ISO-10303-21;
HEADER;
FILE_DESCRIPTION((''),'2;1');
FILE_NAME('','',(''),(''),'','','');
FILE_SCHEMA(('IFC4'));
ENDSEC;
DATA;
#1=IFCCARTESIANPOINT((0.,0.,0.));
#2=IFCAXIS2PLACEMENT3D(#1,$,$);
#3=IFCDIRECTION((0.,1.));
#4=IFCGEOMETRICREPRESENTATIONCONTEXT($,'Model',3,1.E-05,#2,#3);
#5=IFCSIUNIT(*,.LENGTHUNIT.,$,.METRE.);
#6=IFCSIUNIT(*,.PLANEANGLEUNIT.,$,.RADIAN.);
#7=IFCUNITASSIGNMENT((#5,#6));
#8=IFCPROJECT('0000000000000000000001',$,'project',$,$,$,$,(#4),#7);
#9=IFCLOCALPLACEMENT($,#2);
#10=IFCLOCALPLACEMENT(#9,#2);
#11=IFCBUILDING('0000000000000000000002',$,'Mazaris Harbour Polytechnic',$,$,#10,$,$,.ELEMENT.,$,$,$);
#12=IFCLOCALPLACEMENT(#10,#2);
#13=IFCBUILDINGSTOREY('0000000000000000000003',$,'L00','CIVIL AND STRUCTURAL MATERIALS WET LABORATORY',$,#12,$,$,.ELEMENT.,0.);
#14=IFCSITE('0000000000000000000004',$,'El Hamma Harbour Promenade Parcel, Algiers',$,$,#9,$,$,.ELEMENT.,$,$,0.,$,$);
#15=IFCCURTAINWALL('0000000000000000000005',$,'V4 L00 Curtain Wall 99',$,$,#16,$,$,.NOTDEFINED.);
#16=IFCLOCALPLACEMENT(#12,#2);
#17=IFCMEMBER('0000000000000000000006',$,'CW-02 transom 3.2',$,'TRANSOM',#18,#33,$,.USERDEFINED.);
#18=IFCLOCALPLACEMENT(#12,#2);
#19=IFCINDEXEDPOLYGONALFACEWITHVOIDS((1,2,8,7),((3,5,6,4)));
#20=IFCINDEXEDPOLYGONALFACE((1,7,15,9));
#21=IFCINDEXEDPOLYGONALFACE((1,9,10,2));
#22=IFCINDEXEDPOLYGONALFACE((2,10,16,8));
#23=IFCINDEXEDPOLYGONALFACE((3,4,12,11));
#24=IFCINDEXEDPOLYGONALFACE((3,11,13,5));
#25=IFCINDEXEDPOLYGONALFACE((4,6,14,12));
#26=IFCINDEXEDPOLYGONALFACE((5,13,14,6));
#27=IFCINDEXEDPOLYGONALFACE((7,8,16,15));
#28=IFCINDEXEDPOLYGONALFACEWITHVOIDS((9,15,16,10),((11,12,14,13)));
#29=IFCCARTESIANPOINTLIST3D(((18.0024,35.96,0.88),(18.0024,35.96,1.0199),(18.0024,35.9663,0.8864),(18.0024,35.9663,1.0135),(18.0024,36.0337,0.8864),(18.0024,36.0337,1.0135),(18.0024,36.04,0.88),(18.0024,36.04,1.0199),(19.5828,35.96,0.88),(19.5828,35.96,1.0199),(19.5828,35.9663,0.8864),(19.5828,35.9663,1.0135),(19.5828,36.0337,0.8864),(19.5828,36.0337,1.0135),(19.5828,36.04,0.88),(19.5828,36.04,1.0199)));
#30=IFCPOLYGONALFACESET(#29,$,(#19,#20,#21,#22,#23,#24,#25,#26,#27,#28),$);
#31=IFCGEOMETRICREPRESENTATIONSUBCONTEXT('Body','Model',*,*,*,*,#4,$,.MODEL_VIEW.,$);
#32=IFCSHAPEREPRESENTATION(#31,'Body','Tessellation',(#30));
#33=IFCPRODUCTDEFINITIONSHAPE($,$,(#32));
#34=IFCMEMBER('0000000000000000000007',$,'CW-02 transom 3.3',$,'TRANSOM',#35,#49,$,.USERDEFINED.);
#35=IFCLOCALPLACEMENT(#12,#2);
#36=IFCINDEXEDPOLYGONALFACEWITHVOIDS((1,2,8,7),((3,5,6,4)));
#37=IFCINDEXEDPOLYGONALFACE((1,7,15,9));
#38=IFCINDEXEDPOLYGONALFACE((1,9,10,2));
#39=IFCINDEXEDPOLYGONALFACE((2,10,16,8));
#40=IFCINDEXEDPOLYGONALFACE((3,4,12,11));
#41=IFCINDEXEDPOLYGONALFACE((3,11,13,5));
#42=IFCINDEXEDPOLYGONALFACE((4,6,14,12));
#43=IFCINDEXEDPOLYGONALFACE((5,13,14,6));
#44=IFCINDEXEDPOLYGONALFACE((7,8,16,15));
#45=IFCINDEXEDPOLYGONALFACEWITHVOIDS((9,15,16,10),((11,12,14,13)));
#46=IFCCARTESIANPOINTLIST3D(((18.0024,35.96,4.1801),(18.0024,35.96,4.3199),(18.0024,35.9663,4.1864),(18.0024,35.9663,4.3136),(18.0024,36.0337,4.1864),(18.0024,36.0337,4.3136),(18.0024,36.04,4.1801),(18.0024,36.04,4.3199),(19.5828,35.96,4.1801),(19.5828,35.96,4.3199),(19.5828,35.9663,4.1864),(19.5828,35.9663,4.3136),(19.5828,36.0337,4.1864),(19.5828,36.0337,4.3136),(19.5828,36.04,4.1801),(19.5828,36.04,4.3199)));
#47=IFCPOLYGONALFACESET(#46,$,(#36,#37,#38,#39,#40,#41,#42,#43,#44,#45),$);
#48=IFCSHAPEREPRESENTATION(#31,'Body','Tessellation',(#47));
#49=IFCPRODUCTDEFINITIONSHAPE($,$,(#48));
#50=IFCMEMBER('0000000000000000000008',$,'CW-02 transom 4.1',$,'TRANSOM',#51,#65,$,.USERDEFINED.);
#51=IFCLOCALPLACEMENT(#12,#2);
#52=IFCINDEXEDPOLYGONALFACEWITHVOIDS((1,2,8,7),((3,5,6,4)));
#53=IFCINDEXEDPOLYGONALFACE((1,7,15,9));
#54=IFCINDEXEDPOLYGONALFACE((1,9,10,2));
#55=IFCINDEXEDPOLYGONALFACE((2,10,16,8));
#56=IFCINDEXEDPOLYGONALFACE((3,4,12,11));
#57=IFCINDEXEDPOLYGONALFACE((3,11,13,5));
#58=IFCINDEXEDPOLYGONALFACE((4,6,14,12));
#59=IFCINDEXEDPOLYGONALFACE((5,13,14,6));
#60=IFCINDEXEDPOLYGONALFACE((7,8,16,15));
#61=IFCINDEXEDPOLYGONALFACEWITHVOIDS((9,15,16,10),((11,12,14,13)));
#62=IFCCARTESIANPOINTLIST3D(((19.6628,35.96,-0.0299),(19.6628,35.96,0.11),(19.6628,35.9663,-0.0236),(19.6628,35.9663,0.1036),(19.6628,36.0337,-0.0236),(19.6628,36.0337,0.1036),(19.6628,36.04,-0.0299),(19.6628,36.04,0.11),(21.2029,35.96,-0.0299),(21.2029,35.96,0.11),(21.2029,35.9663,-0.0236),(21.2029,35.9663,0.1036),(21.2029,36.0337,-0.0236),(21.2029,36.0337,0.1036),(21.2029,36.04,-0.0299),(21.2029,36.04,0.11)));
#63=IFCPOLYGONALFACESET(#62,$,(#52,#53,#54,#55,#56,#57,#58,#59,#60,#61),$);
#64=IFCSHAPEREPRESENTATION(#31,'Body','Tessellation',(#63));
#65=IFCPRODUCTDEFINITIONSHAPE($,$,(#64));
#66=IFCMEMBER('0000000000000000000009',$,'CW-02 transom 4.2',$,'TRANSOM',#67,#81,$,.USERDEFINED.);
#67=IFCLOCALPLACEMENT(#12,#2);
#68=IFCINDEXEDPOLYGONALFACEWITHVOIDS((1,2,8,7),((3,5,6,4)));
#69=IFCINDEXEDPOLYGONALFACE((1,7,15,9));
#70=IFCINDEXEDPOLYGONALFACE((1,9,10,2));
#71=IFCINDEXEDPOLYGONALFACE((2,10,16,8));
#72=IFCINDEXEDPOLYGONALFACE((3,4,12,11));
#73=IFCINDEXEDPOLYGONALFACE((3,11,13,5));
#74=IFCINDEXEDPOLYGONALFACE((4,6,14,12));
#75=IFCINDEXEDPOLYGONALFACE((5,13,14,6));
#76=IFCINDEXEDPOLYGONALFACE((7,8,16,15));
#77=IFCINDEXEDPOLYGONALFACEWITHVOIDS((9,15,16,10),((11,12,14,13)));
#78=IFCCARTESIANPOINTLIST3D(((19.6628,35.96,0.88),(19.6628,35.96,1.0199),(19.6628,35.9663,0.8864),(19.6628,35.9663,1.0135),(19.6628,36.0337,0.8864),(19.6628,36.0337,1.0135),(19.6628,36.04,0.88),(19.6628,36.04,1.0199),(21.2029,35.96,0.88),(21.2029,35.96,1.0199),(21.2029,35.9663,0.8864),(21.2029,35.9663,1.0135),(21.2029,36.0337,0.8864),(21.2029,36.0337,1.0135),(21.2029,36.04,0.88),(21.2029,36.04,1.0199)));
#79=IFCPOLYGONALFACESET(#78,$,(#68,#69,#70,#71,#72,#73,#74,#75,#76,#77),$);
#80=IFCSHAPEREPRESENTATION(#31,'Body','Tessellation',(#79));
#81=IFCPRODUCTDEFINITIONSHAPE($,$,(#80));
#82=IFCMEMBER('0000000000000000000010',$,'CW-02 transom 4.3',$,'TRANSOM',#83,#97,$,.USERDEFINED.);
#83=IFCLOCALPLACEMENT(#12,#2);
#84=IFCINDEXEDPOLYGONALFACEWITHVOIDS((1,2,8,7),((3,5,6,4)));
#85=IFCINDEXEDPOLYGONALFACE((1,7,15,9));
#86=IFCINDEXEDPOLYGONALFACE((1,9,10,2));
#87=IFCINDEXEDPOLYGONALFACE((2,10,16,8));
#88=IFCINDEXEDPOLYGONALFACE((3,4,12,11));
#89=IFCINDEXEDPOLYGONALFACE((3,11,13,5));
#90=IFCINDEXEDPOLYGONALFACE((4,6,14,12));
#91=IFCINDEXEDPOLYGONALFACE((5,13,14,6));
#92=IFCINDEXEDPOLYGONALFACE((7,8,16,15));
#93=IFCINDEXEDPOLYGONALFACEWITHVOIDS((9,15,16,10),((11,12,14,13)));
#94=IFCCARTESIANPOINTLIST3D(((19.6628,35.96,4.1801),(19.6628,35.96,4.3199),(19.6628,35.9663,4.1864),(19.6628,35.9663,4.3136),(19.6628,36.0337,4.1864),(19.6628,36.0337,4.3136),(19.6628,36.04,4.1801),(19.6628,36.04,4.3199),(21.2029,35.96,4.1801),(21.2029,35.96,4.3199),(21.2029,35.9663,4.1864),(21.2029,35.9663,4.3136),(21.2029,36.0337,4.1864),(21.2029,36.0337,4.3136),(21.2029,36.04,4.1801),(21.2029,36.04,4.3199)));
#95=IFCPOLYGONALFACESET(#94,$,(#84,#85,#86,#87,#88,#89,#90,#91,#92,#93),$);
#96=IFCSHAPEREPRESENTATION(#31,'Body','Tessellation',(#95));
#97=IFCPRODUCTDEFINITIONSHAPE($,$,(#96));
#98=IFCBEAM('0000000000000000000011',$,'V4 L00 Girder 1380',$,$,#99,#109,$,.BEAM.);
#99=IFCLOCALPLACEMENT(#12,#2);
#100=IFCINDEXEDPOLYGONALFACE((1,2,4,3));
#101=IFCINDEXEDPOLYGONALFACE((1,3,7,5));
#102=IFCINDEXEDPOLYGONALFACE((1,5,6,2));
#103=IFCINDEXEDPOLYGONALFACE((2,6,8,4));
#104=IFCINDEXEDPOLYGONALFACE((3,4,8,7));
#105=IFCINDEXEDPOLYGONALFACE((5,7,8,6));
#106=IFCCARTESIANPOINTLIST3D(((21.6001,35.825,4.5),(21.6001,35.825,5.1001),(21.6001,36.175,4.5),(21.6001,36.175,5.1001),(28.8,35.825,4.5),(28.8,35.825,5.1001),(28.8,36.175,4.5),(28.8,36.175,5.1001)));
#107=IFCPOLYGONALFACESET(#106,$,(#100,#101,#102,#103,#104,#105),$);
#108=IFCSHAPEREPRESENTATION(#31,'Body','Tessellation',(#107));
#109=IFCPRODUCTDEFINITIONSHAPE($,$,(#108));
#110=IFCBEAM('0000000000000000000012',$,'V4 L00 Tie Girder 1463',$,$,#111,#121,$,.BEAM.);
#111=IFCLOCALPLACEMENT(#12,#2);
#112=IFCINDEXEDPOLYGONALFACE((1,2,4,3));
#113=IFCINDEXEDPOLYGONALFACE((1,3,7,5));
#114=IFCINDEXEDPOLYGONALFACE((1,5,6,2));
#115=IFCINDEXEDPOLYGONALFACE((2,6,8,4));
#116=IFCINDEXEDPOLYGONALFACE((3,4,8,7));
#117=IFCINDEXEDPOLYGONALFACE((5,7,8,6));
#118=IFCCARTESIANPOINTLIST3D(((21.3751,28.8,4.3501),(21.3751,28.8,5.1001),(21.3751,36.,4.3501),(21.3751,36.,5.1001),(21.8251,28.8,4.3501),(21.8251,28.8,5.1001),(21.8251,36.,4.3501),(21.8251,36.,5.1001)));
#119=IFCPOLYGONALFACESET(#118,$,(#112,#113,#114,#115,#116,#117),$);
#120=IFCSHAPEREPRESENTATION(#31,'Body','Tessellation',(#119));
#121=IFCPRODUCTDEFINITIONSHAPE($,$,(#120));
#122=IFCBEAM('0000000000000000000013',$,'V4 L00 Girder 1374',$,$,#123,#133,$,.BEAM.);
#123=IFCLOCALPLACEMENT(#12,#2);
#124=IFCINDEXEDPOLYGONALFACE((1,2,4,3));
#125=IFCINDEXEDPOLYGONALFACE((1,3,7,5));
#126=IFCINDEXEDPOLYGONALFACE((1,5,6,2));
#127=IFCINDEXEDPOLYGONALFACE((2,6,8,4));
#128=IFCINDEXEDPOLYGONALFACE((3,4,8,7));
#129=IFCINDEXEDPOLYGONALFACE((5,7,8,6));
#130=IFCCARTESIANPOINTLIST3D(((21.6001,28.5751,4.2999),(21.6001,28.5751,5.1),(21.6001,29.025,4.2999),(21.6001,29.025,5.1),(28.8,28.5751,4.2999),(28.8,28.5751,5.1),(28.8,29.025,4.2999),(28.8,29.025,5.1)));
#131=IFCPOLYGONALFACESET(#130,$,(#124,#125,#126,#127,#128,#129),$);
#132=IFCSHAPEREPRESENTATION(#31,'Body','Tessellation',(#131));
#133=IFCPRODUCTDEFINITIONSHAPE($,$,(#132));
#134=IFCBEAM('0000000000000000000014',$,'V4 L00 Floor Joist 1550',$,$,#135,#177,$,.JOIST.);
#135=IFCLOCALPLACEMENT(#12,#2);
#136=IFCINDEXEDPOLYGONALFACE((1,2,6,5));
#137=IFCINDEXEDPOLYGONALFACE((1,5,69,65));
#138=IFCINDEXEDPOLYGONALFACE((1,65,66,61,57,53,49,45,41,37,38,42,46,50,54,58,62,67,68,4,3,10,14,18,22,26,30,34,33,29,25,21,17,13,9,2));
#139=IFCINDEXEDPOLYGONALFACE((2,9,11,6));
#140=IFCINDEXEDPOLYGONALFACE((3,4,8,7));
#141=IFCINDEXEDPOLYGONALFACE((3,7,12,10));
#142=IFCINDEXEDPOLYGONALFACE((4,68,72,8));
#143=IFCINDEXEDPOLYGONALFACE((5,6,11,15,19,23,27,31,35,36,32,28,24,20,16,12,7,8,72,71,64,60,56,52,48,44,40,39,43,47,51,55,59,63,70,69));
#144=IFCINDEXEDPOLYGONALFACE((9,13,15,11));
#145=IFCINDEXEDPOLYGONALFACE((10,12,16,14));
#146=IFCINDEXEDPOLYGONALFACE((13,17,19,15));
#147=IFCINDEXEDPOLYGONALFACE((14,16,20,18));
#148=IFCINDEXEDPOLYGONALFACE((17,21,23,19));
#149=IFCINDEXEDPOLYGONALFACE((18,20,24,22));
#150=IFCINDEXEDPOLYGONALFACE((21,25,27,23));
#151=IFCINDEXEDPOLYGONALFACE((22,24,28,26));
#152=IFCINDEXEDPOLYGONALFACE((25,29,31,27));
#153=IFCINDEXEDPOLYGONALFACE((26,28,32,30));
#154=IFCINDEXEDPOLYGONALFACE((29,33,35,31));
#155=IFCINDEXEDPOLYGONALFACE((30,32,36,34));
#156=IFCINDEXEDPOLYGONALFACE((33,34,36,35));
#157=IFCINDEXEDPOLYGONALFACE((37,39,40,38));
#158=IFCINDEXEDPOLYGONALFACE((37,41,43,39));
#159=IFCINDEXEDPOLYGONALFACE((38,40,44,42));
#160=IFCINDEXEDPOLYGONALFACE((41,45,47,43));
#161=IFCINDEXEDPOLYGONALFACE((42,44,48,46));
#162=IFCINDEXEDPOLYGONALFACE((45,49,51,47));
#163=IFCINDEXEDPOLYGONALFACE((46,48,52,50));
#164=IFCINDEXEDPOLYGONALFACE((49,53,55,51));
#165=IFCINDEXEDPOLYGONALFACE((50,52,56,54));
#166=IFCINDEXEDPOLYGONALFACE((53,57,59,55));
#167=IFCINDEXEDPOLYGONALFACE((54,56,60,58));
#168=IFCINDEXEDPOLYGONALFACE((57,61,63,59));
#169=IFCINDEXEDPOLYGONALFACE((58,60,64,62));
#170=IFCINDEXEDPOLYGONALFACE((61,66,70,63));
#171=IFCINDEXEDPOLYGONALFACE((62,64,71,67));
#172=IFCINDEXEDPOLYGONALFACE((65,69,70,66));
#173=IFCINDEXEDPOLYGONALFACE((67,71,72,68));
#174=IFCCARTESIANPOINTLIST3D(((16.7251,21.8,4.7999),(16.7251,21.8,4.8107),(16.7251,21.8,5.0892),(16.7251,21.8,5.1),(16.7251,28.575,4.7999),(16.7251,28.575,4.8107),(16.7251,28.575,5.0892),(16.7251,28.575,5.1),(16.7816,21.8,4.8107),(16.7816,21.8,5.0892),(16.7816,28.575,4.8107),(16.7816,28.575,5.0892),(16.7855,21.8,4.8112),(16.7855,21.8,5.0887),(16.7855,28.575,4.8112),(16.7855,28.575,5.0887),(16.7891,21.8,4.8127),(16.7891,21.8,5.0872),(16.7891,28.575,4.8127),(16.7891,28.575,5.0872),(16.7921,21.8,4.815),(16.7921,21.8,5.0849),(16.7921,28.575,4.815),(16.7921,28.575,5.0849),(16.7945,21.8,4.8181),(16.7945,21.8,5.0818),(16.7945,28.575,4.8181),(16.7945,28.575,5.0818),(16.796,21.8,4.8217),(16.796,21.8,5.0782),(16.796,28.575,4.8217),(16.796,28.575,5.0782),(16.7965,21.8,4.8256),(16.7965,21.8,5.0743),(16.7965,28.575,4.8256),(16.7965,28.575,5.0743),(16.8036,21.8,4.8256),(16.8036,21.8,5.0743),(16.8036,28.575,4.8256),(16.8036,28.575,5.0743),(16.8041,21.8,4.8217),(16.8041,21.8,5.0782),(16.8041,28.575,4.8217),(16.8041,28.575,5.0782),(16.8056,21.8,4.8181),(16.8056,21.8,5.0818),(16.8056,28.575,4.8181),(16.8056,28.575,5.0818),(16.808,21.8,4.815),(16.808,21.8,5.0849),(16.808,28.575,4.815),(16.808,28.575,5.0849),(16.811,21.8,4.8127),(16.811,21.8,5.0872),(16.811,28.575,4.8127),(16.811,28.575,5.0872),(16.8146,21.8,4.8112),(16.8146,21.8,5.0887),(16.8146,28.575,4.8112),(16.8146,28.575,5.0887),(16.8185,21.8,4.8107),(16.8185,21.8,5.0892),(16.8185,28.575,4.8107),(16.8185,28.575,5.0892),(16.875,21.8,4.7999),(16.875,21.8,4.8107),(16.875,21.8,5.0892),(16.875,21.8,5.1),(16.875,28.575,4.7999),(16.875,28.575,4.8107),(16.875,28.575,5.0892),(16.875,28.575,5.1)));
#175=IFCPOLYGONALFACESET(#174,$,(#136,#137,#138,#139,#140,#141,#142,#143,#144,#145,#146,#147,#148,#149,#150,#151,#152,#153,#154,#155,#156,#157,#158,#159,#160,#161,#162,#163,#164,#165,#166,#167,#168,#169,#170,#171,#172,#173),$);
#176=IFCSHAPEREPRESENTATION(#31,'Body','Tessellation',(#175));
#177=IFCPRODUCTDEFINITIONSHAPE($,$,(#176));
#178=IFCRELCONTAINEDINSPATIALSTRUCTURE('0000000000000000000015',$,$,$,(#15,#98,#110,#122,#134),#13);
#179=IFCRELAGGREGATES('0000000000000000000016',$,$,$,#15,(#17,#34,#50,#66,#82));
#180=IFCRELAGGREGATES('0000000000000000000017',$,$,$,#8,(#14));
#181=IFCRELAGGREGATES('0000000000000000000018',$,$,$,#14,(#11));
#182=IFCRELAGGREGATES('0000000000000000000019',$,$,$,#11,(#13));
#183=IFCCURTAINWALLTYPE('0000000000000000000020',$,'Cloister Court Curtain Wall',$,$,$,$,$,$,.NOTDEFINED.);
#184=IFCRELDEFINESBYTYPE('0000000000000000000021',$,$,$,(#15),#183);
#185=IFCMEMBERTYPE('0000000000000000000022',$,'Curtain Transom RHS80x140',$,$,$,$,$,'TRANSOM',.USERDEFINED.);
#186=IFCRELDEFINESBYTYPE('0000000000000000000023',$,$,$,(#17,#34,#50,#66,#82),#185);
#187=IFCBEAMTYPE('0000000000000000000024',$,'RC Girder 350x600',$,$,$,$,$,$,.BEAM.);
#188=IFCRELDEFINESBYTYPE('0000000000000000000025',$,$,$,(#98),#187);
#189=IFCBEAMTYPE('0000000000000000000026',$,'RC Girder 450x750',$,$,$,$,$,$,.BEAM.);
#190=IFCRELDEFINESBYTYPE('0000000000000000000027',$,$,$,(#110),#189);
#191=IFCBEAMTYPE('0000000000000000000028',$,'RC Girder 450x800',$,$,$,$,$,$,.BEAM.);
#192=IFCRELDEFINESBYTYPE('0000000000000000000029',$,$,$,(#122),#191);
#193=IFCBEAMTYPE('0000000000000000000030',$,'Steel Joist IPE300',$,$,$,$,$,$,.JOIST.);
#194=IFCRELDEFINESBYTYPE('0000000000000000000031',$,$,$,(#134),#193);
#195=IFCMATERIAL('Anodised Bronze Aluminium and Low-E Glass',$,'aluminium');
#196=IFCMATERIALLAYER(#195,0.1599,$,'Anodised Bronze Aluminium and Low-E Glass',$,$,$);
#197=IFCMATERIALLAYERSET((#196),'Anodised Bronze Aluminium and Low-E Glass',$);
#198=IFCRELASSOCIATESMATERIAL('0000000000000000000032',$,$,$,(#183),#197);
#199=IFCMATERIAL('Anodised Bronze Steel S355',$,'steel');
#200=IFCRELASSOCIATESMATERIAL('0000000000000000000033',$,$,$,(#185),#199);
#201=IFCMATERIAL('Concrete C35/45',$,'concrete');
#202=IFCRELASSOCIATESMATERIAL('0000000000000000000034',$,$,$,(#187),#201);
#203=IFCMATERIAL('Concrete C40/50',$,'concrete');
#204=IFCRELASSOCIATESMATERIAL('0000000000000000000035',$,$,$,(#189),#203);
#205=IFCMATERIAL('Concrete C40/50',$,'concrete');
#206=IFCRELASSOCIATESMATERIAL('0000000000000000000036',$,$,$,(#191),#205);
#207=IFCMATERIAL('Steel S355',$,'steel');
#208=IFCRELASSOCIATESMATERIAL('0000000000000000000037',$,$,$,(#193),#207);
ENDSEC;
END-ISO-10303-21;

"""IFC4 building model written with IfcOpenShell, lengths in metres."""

from ifc_helpers import new_model, si_unit, direction, frame, origin, origin_2d, place, context, subcontext, project, spatial, rectangle, hollow_rectangle, i_section, extrude, material, layer, layer_set, material_profile, profile_set, type_object, element, aggregate, save


model = new_model("IFC4")

# Units and contexts
model_context = context("Model", 3, precision=1e-05, world=origin(), true_north=direction((0.0, 1.0)))
body_context = subcontext(model_context, "Body", "Model", "MODEL_VIEW")
ifc_project = project(units=[si_unit("LENGTHUNIT", "METRE"), si_unit("PLANEANGLEUNIT", "RADIAN")], contexts=[model_context])

# Site, building, storey
site_placement = place(None, origin())
site = spatial("IfcSite", under=ifc_project, at=site_placement, Name="El Hamma Harbour Promenade Parcel, Algiers", CompositionType="ELEMENT", RefElevation=0.0)
building_placement = place(site_placement, origin())
building = spatial("IfcBuilding", under=site, at=building_placement, Name="Mazaris Harbour Polytechnic", CompositionType="ELEMENT")
storey_placement = place(building_placement, origin())
storey = spatial("IfcBuildingStorey", under=building, at=storey_placement, Name="L00", Description="CIVIL AND STRUCTURAL MATERIALS WET LABORATORY", CompositionType="ELEMENT", Elevation=0.0)

# Curtain wall
ifc_material_1 = material(Name="Anodised Bronze Aluminium and Low-E Glass", Category="aluminium")
ifc_layer_1 = layer(ifc_material_1, 0.1599, Name="Anodised Bronze Aluminium and Low-E Glass")
ifc_layer_set_1 = layer_set([ifc_layer_1], Name="Anodised Bronze Aluminium and Low-E Glass")
curtain_wall_type = type_object("IfcCurtainWallType", Name="Cloister Court Curtain Wall", PredefinedType="NOTDEFINED", material=ifc_layer_set_1)
curtain_wall_1_placement = place(storey_placement, origin())
curtain_wall_1 = element("IfcCurtainWall", 1, at=curtain_wall_1_placement, inside=storey, type_object=curtain_wall_type, Name="V4 L00 Curtain Wall 99", PredefinedType="NOTDEFINED")

# Members
ifc_material_2 = material(Name="Anodised Bronze Steel S355", Category="steel")
ifc_material_profile_1 = material_profile(ifc_material_2, hollow_rectangle(XDim=0.0801, YDim=0.1399, WallThickness=0.0063, at=origin_2d()), Name="RHS 80x140x6.3")
ifc_profile_set_1 = profile_set([ifc_material_profile_1], Name="Anodised Bronze Steel S355")
member_type_1 = type_object("IfcMemberType", Name="Curtain Transom RHS80x140", ElementType="TRANSOM", PredefinedType="USERDEFINED", material=ifc_profile_set_1)
member_1_placement = place(storey_placement, frame((18.0024, 36.0, 0.95), z_axis=(1.0, 0.0, 0.0), x_axis=(0.0, 1.0, 0.0)))
member_1 = element("IfcMember", 2, at=member_1_placement, type_object=member_type_1, Name="CW-02 transom 3.2", ObjectType="TRANSOM", PredefinedType="USERDEFINED", context=body_context, shape_type="SweptSolid", body=[
    extrude(hollow_rectangle(XDim=0.0801, YDim=0.1399, WallThickness=0.0063, at=origin_2d()), origin(), (0.0, 0.0, 1.0), 1.5803),
])
member_2_placement = place(storey_placement, frame((18.0024, 36.0, 4.25), z_axis=(1.0, 0.0, 0.0), x_axis=(0.0, 1.0, 0.0)))
member_2 = element("IfcMember", 3, at=member_2_placement, type_object=member_type_1, Name="CW-02 transom 3.3", ObjectType="TRANSOM", PredefinedType="USERDEFINED", context=body_context, shape_type="SweptSolid", body=[
    extrude(hollow_rectangle(XDim=0.0801, YDim=0.1399, WallThickness=0.0063, at=origin_2d()), origin(), (0.0, 0.0, 1.0), 1.5803),
])
member_3_placement = place(storey_placement, frame((19.6628, 36.0, 0.04), z_axis=(1.0, 0.0, 0.0), x_axis=(0.0, 1.0, 0.0)))
member_3 = element("IfcMember", 4, at=member_3_placement, type_object=member_type_1, Name="CW-02 transom 4.1", ObjectType="TRANSOM", PredefinedType="USERDEFINED", context=body_context, shape_type="SweptSolid", body=[
    extrude(hollow_rectangle(XDim=0.0801, YDim=0.1399, WallThickness=0.0063, at=origin_2d()), origin(), (0.0, 0.0, 1.0), 1.54),
])
member_4_placement = place(storey_placement, frame((19.6628, 36.0, 0.95), z_axis=(1.0, 0.0, 0.0), x_axis=(0.0, 1.0, 0.0)))
member_4 = element("IfcMember", 5, at=member_4_placement, type_object=member_type_1, Name="CW-02 transom 4.2", ObjectType="TRANSOM", PredefinedType="USERDEFINED", context=body_context, shape_type="SweptSolid", body=[
    extrude(hollow_rectangle(XDim=0.0801, YDim=0.1399, WallThickness=0.0063, at=origin_2d()), origin(), (0.0, 0.0, 1.0), 1.54),
])
member_5_placement = place(storey_placement, frame((19.6628, 36.0, 4.25), z_axis=(1.0, 0.0, 0.0), x_axis=(0.0, 1.0, 0.0)))
member_5 = element("IfcMember", 6, at=member_5_placement, type_object=member_type_1, Name="CW-02 transom 4.3", ObjectType="TRANSOM", PredefinedType="USERDEFINED", context=body_context, shape_type="SweptSolid", body=[
    extrude(hollow_rectangle(XDim=0.0801, YDim=0.1399, WallThickness=0.0063, at=origin_2d()), origin(), (0.0, 0.0, 1.0), 1.54),
])

# Beams
ifc_material_3 = material(Name="Concrete C35/45", Category="concrete")
ifc_material_profile_2 = material_profile(ifc_material_3, rectangle(XDim=0.3501, YDim=0.6001, at=origin_2d()), Name="RECT350x600")
ifc_profile_set_2 = profile_set([ifc_material_profile_2], Name="Concrete C35/45")
beam_type_1 = type_object("IfcBeamType", Name="RC Girder 350x600", PredefinedType="BEAM", material=ifc_profile_set_2)
beam_1_placement = place(storey_placement, frame((21.6001, 36.0, 4.8), z_axis=(1.0, 0.0, 0.0), x_axis=(0.0, 1.0, 0.0)))
element("IfcBeam", 7, at=beam_1_placement, inside=storey, type_object=beam_type_1, Name="V4 L00 Girder 1380", PredefinedType="BEAM", context=body_context, shape_type="SweptSolid", body=[
    extrude(rectangle(XDim=0.3501, YDim=0.6001, at=origin_2d()), origin(), (0.0, 0.0, 1.0), 7.2),
])
ifc_material_4 = material(Name="Concrete C40/50", Category="concrete")
ifc_material_profile_3 = material_profile(ifc_material_4, rectangle(XDim=0.45, YDim=0.75, at=origin_2d()), Name="RECT450x750")
ifc_profile_set_3 = profile_set([ifc_material_profile_3], Name="Concrete C40/50")
beam_type_2 = type_object("IfcBeamType", Name="RC Girder 450x750", PredefinedType="BEAM", material=ifc_profile_set_3)
beam_2_placement = place(storey_placement, frame((21.6001, 28.8, 4.7251), z_axis=(0.0, 1.0, 0.0), x_axis=(-1.0, 0.0, 0.0)))
element("IfcBeam", 8, at=beam_2_placement, inside=storey, type_object=beam_type_2, Name="V4 L00 Tie Girder 1463", PredefinedType="BEAM", context=body_context, shape_type="SweptSolid", body=[
    extrude(rectangle(XDim=0.45, YDim=0.75, at=origin_2d()), origin(), (0.0, 0.0, 1.0), 7.2),
])
ifc_material_5 = material(Name="Concrete C40/50", Category="concrete")
ifc_material_profile_4 = material_profile(ifc_material_5, rectangle(XDim=0.45, YDim=0.8, at=origin_2d()), Name="RECT450x800")
ifc_profile_set_4 = profile_set([ifc_material_profile_4], Name="Concrete C40/50")
beam_type_3 = type_object("IfcBeamType", Name="RC Girder 450x800", PredefinedType="BEAM", material=ifc_profile_set_4)
beam_3_placement = place(storey_placement, frame((21.6001, 28.8, 4.7), z_axis=(1.0, 0.0, 0.0), x_axis=(0.0, 1.0, 0.0)))
element("IfcBeam", 9, at=beam_3_placement, inside=storey, type_object=beam_type_3, Name="V4 L00 Girder 1374", PredefinedType="BEAM", context=body_context, shape_type="SweptSolid", body=[
    extrude(rectangle(XDim=0.45, YDim=0.8, at=origin_2d()), origin(), (0.0, 0.0, 1.0), 7.2),
])
ifc_material_6 = material(Name="Steel S355", Category="steel")
ifc_material_profile_5 = material_profile(ifc_material_6, i_section(OverallWidth=0.1499, OverallDepth=0.3, WebThickness=0.0071, FlangeThickness=0.0107, FilletRadius=0.0149, at=origin_2d()), Name="IPE 300")
ifc_profile_set_5 = profile_set([ifc_material_profile_5], Name="Steel S355")
beam_type_4 = type_object("IfcBeamType", Name="Steel Joist IPE300", PredefinedType="JOIST", material=ifc_profile_set_5)
beam_4_placement = place(storey_placement, frame((16.8, 21.8, 4.95), z_axis=(0.0, 1.0, 0.0), x_axis=(-1.0, 0.0, 0.0)))
element("IfcBeam", 10, at=beam_4_placement, inside=storey, type_object=beam_type_4, Name="V4 L00 Floor Joist 1550", PredefinedType="JOIST", context=body_context, shape_type="SweptSolid", body=[
    extrude(i_section(OverallWidth=0.1499, OverallDepth=0.3, WebThickness=0.0071, FlangeThickness=0.0107, FilletRadius=0.0149, at=origin_2d()), origin(), (0.0, 0.0, 1.0), 6.7749),
])

aggregate(curtain_wall_1, [member_1, member_2, member_3, member_4, member_5])

save(model, "model.ifc")
